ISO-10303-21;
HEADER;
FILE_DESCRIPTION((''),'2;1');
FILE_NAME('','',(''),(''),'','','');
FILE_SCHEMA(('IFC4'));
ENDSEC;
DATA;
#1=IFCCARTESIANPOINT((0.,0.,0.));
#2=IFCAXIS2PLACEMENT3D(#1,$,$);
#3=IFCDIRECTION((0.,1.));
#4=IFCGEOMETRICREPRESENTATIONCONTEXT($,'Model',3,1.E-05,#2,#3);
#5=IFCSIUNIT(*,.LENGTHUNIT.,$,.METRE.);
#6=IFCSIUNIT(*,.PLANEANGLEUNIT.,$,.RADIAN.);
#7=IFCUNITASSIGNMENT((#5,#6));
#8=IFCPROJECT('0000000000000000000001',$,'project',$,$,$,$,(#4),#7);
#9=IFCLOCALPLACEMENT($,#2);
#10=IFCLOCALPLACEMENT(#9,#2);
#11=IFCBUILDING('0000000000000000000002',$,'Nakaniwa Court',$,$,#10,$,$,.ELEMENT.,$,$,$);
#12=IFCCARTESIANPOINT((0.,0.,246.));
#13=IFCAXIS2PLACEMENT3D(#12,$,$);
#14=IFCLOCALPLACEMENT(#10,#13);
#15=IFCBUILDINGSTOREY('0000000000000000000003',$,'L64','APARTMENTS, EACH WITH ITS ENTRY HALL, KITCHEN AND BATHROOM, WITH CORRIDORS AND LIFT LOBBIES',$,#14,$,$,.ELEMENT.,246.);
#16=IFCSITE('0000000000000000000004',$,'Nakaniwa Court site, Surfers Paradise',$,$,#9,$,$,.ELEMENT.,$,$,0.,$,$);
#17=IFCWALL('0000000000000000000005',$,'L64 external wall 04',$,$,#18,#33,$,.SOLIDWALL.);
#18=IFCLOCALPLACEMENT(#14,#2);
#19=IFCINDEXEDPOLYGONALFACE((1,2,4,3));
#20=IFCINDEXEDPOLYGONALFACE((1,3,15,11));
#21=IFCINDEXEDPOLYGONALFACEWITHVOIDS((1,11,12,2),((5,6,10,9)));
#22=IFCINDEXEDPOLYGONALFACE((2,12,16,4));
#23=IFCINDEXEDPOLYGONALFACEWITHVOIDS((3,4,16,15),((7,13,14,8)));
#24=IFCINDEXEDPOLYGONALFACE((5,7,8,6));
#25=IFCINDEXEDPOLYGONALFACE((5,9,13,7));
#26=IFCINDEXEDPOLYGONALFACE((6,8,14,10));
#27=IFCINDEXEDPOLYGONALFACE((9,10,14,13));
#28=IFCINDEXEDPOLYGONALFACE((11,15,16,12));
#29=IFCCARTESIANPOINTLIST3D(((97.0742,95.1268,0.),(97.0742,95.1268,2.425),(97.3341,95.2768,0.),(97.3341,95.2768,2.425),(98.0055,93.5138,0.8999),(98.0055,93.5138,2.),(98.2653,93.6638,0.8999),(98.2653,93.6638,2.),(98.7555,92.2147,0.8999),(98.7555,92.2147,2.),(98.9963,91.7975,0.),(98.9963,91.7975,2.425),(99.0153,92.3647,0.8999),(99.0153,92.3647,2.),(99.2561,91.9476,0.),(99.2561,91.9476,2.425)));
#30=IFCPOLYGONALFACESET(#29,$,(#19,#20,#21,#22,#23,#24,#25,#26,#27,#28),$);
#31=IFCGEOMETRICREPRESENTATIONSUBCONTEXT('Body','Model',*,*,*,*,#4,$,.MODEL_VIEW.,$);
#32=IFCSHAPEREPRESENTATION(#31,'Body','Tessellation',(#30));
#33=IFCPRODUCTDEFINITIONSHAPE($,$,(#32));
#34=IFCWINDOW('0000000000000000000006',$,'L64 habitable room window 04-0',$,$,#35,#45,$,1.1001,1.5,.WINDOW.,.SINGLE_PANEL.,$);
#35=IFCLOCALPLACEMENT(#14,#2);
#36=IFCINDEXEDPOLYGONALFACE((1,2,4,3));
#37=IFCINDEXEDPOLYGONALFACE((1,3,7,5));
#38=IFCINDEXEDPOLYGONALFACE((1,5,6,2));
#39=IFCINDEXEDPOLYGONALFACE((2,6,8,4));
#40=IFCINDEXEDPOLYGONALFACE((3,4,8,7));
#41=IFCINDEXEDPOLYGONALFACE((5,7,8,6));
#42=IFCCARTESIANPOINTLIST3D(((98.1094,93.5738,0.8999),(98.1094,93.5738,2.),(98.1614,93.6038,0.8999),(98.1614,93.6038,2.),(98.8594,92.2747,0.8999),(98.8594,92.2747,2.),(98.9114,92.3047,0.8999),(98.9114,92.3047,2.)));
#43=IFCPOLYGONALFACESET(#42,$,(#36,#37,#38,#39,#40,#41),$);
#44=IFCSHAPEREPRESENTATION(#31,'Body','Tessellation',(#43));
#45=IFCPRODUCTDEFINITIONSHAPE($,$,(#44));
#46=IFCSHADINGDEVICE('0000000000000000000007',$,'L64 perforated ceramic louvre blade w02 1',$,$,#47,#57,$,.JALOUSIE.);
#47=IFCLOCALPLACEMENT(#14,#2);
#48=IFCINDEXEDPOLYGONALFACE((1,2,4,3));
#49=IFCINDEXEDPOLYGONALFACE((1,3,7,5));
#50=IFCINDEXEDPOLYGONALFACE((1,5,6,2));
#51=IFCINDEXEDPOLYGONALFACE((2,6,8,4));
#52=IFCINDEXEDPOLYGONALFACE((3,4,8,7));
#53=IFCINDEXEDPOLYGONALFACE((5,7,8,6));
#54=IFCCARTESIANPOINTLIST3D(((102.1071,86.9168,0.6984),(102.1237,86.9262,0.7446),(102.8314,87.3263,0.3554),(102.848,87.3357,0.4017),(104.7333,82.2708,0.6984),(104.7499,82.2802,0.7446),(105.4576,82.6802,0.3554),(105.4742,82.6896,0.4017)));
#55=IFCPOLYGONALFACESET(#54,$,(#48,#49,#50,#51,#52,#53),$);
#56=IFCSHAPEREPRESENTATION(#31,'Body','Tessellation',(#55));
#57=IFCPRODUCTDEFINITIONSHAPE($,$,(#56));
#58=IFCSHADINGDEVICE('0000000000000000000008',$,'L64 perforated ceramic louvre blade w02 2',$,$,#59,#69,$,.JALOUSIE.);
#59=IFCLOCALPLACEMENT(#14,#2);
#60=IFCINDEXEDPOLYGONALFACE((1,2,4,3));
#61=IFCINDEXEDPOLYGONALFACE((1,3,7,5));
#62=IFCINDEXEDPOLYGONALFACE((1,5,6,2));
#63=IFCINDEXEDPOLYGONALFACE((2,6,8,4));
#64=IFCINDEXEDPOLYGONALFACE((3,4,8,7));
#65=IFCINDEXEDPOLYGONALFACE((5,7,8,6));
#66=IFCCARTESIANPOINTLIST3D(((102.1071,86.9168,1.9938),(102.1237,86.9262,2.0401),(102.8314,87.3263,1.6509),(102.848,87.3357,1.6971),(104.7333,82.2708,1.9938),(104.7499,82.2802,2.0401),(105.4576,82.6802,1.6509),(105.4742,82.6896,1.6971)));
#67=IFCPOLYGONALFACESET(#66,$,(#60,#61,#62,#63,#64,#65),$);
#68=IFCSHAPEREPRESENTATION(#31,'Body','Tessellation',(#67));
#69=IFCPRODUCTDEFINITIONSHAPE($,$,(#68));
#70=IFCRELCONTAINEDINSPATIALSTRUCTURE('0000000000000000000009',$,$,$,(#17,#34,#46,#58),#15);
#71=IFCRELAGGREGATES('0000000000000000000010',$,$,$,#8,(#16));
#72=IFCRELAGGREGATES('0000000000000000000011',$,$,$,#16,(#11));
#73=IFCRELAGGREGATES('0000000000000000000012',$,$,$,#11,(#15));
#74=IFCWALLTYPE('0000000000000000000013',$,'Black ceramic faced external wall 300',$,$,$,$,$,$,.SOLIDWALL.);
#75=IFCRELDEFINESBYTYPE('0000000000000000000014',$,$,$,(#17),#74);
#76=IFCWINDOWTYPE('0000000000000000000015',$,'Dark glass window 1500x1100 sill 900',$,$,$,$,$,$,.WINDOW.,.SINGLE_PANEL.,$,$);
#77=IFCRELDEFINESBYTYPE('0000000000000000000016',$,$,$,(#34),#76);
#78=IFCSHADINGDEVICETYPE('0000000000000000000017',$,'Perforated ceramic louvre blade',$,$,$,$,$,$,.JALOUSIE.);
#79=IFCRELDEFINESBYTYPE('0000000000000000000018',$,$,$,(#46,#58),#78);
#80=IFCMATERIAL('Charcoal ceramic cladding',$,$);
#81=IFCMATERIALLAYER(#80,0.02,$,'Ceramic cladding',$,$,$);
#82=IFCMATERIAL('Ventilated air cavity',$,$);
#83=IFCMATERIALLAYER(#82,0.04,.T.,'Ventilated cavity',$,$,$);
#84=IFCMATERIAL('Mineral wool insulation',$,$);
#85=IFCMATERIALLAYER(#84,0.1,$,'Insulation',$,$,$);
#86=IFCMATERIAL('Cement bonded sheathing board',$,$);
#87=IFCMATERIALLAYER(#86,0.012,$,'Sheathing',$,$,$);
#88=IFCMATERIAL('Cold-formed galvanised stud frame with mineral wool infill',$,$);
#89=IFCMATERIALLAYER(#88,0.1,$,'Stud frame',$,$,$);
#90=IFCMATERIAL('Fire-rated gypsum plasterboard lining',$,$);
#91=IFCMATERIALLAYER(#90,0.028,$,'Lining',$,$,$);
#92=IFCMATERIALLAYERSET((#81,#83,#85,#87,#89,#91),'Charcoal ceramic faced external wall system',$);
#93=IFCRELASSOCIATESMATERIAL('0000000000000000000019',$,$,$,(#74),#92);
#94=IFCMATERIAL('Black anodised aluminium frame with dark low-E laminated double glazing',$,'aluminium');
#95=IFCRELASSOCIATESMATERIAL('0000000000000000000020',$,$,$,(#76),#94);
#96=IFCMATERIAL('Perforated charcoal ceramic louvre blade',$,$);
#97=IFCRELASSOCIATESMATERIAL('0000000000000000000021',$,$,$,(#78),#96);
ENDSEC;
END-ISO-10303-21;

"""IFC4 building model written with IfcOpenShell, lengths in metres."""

from ifc_helpers import new_model, si_unit, direction, frame, frame_2d, origin, origin_2d, place, context, subcontext, project, spatial, rectangle, extrude, material, layer, layer_set, material_profile, profile_set, type_object, element, fill, save


model = new_model("IFC4")

# Units and contexts
model_context = context("Model", 3, precision=1e-05, world=origin(), true_north=direction((0.0, 1.0)))
body_context = subcontext(model_context, "Body", "Model", "MODEL_VIEW")
ifc_project = project(units=[si_unit("LENGTHUNIT", "METRE"), si_unit("PLANEANGLEUNIT", "RADIAN")], contexts=[model_context])

# Site, building, storey
site_placement = place(None, origin())
site = spatial("IfcSite", under=ifc_project, at=site_placement, Name="Nakaniwa Court site, Surfers Paradise", CompositionType="ELEMENT", RefElevation=0.0)
building_placement = place(site_placement, origin())
building = spatial("IfcBuilding", under=site, at=building_placement, Name="Nakaniwa Court", CompositionType="ELEMENT")
storey_placement = place(building_placement, frame((0.0, 0.0, 246.0)))
storey = spatial("IfcBuildingStorey", under=building, at=storey_placement, Name="L64", Description="APARTMENTS, EACH WITH ITS ENTRY HALL, KITCHEN AND BATHROOM, WITH CORRIDORS AND LIFT LOBBIES", CompositionType="ELEMENT", Elevation=246.0)

# Wall, opening, window
ifc_material_1 = material(Name="Charcoal ceramic cladding")
ifc_layer_1 = layer(ifc_material_1, 0.02, Name="Ceramic cladding")
ifc_material_2 = material(Name="Ventilated air cavity")
ifc_layer_2 = layer(ifc_material_2, 0.04, ventilated=True, Name="Ventilated cavity")
ifc_material_3 = material(Name="Mineral wool insulation")
ifc_layer_3 = layer(ifc_material_3, 0.1, Name="Insulation")
ifc_material_4 = material(Name="Cement bonded sheathing board")
ifc_layer_4 = layer(ifc_material_4, 0.012, Name="Sheathing")
ifc_material_5 = material(Name="Cold-formed galvanised stud frame with mineral wool infill")
ifc_layer_5 = layer(ifc_material_5, 0.1, Name="Stud frame")
ifc_material_6 = material(Name="Fire-rated gypsum plasterboard lining")
ifc_layer_6 = layer(ifc_material_6, 0.028, Name="Lining")
ifc_layer_set = layer_set([ifc_layer_1, ifc_layer_2, ifc_layer_3, ifc_layer_4, ifc_layer_5, ifc_layer_6], Name="Charcoal ceramic faced external wall system")
wall_type = type_object("IfcWallType", Name="Black ceramic faced external wall 300", PredefinedType="SOLIDWALL", material=ifc_layer_set)
ifc_material_7 = material(Name="Black anodised aluminium frame with dark low-E laminated double glazing", Category="aluminium")
window_type_1 = type_object("IfcWindowType", Name="Dark glass window 1500x1100 sill 900", PartitioningType="SINGLE_PANEL", PredefinedType="WINDOW", material=ifc_material_7)
wall_1_placement = place(storey_placement, frame((99.1262, 91.8726, 0.0), z_axis=(0.0, 0.0, 1.0), x_axis=(-0.499984, 0.866034, 0.0)))
wall_1 = element("IfcWall", 1, at=wall_1_placement, inside=storey, type_object=wall_type, Name="L64 external wall 04", PredefinedType="SOLIDWALL", context=body_context, shape_type="SweptSolid", body=[
    extrude(rectangle(XDim=3.8442, YDim=0.3, at=frame_2d((1.9221, 0.0))), origin(), (0.0, 0.0, 1.0), 2.425),
])
opening_1_placement = place(wall_1_placement, frame((0.4817, 0.0, 0.8999)))
opening_1 = element("IfcOpeningElement", 2, at=opening_1_placement, cuts=wall_1, PredefinedType="OPENING", context=body_context, shape_type="SweptSolid", body=[
    extrude(rectangle(XDim=1.5, YDim=1.1001, at=frame_2d((0.75, 0.55))), frame((0.0, 0.1599, 0.0), z_axis=(0.0, -1.0, 0.0), x_axis=(1.0, 0.0, 0.0)), (0.0, 0.0, 1.0), 0.3201),
])
window_1_placement = place(opening_1_placement, origin())
window_1 = element("IfcWindow", 3, at=window_1_placement, inside=storey, type_object=window_type_1, Name="L64 habitable room window 04-0", OverallHeight=1.1001, OverallWidth=1.5, PartitioningType="SINGLE_PANEL", PredefinedType="WINDOW", context=body_context, shape_type="SweptSolid", body=[
    extrude(rectangle(XDim=1.5, YDim=1.1001, at=frame_2d((0.75, 0.55))), frame((0.0, 0.03, 0.0), z_axis=(0.0, -1.0, 0.0), x_axis=(1.0, 0.0, 0.0)), (0.0, 0.0, 1.0), 0.0601),
])
fill(opening_1, window_1)

# Shading devices
ifc_material_8 = material(Name="Perforated charcoal ceramic louvre blade")
ifc_material_profile_1 = material_profile(ifc_material_8, rectangle(XDim=0.8999, YDim=0.05, at=origin_2d()), Name="Perforated ceramic louvre blade")
ifc_profile_set_1 = profile_set([ifc_material_profile_1], Name="Perforated charcoal ceramic louvre blade")
shading_device_type = type_object("IfcShadingDeviceType", Name="Perforated ceramic louvre blade", PredefinedType="JALOUSIE", material=ifc_profile_set_1)
for number, where, z_axis, x_axis, name in (
    (4, (105.1038, 82.4802, 0.55), (-0.492089, 0.870545, 0.0), (-0.804859, -0.454959, 0.38107), "L64 perforated ceramic louvre blade w02 1"),
    (5, (105.1038, 82.4802, 1.8455), (-0.492089, 0.870545, 0.0), (-0.804859, -0.454959, 0.38107), "L64 perforated ceramic louvre blade w02 2"),
):
    element("IfcShadingDevice", number, at=place(storey_placement, frame(where, z_axis=z_axis, x_axis=x_axis)), inside=storey, type_object=shading_device_type, Name=name, PredefinedType="JALOUSIE", context=body_context, shape_type="SweptSolid", body=[
        extrude(rectangle(XDim=0.8999, YDim=0.05, at=origin_2d()), origin(), (0.0, 0.0, 1.0), 5.3369),
    ])

save(model, "model.ifc")
